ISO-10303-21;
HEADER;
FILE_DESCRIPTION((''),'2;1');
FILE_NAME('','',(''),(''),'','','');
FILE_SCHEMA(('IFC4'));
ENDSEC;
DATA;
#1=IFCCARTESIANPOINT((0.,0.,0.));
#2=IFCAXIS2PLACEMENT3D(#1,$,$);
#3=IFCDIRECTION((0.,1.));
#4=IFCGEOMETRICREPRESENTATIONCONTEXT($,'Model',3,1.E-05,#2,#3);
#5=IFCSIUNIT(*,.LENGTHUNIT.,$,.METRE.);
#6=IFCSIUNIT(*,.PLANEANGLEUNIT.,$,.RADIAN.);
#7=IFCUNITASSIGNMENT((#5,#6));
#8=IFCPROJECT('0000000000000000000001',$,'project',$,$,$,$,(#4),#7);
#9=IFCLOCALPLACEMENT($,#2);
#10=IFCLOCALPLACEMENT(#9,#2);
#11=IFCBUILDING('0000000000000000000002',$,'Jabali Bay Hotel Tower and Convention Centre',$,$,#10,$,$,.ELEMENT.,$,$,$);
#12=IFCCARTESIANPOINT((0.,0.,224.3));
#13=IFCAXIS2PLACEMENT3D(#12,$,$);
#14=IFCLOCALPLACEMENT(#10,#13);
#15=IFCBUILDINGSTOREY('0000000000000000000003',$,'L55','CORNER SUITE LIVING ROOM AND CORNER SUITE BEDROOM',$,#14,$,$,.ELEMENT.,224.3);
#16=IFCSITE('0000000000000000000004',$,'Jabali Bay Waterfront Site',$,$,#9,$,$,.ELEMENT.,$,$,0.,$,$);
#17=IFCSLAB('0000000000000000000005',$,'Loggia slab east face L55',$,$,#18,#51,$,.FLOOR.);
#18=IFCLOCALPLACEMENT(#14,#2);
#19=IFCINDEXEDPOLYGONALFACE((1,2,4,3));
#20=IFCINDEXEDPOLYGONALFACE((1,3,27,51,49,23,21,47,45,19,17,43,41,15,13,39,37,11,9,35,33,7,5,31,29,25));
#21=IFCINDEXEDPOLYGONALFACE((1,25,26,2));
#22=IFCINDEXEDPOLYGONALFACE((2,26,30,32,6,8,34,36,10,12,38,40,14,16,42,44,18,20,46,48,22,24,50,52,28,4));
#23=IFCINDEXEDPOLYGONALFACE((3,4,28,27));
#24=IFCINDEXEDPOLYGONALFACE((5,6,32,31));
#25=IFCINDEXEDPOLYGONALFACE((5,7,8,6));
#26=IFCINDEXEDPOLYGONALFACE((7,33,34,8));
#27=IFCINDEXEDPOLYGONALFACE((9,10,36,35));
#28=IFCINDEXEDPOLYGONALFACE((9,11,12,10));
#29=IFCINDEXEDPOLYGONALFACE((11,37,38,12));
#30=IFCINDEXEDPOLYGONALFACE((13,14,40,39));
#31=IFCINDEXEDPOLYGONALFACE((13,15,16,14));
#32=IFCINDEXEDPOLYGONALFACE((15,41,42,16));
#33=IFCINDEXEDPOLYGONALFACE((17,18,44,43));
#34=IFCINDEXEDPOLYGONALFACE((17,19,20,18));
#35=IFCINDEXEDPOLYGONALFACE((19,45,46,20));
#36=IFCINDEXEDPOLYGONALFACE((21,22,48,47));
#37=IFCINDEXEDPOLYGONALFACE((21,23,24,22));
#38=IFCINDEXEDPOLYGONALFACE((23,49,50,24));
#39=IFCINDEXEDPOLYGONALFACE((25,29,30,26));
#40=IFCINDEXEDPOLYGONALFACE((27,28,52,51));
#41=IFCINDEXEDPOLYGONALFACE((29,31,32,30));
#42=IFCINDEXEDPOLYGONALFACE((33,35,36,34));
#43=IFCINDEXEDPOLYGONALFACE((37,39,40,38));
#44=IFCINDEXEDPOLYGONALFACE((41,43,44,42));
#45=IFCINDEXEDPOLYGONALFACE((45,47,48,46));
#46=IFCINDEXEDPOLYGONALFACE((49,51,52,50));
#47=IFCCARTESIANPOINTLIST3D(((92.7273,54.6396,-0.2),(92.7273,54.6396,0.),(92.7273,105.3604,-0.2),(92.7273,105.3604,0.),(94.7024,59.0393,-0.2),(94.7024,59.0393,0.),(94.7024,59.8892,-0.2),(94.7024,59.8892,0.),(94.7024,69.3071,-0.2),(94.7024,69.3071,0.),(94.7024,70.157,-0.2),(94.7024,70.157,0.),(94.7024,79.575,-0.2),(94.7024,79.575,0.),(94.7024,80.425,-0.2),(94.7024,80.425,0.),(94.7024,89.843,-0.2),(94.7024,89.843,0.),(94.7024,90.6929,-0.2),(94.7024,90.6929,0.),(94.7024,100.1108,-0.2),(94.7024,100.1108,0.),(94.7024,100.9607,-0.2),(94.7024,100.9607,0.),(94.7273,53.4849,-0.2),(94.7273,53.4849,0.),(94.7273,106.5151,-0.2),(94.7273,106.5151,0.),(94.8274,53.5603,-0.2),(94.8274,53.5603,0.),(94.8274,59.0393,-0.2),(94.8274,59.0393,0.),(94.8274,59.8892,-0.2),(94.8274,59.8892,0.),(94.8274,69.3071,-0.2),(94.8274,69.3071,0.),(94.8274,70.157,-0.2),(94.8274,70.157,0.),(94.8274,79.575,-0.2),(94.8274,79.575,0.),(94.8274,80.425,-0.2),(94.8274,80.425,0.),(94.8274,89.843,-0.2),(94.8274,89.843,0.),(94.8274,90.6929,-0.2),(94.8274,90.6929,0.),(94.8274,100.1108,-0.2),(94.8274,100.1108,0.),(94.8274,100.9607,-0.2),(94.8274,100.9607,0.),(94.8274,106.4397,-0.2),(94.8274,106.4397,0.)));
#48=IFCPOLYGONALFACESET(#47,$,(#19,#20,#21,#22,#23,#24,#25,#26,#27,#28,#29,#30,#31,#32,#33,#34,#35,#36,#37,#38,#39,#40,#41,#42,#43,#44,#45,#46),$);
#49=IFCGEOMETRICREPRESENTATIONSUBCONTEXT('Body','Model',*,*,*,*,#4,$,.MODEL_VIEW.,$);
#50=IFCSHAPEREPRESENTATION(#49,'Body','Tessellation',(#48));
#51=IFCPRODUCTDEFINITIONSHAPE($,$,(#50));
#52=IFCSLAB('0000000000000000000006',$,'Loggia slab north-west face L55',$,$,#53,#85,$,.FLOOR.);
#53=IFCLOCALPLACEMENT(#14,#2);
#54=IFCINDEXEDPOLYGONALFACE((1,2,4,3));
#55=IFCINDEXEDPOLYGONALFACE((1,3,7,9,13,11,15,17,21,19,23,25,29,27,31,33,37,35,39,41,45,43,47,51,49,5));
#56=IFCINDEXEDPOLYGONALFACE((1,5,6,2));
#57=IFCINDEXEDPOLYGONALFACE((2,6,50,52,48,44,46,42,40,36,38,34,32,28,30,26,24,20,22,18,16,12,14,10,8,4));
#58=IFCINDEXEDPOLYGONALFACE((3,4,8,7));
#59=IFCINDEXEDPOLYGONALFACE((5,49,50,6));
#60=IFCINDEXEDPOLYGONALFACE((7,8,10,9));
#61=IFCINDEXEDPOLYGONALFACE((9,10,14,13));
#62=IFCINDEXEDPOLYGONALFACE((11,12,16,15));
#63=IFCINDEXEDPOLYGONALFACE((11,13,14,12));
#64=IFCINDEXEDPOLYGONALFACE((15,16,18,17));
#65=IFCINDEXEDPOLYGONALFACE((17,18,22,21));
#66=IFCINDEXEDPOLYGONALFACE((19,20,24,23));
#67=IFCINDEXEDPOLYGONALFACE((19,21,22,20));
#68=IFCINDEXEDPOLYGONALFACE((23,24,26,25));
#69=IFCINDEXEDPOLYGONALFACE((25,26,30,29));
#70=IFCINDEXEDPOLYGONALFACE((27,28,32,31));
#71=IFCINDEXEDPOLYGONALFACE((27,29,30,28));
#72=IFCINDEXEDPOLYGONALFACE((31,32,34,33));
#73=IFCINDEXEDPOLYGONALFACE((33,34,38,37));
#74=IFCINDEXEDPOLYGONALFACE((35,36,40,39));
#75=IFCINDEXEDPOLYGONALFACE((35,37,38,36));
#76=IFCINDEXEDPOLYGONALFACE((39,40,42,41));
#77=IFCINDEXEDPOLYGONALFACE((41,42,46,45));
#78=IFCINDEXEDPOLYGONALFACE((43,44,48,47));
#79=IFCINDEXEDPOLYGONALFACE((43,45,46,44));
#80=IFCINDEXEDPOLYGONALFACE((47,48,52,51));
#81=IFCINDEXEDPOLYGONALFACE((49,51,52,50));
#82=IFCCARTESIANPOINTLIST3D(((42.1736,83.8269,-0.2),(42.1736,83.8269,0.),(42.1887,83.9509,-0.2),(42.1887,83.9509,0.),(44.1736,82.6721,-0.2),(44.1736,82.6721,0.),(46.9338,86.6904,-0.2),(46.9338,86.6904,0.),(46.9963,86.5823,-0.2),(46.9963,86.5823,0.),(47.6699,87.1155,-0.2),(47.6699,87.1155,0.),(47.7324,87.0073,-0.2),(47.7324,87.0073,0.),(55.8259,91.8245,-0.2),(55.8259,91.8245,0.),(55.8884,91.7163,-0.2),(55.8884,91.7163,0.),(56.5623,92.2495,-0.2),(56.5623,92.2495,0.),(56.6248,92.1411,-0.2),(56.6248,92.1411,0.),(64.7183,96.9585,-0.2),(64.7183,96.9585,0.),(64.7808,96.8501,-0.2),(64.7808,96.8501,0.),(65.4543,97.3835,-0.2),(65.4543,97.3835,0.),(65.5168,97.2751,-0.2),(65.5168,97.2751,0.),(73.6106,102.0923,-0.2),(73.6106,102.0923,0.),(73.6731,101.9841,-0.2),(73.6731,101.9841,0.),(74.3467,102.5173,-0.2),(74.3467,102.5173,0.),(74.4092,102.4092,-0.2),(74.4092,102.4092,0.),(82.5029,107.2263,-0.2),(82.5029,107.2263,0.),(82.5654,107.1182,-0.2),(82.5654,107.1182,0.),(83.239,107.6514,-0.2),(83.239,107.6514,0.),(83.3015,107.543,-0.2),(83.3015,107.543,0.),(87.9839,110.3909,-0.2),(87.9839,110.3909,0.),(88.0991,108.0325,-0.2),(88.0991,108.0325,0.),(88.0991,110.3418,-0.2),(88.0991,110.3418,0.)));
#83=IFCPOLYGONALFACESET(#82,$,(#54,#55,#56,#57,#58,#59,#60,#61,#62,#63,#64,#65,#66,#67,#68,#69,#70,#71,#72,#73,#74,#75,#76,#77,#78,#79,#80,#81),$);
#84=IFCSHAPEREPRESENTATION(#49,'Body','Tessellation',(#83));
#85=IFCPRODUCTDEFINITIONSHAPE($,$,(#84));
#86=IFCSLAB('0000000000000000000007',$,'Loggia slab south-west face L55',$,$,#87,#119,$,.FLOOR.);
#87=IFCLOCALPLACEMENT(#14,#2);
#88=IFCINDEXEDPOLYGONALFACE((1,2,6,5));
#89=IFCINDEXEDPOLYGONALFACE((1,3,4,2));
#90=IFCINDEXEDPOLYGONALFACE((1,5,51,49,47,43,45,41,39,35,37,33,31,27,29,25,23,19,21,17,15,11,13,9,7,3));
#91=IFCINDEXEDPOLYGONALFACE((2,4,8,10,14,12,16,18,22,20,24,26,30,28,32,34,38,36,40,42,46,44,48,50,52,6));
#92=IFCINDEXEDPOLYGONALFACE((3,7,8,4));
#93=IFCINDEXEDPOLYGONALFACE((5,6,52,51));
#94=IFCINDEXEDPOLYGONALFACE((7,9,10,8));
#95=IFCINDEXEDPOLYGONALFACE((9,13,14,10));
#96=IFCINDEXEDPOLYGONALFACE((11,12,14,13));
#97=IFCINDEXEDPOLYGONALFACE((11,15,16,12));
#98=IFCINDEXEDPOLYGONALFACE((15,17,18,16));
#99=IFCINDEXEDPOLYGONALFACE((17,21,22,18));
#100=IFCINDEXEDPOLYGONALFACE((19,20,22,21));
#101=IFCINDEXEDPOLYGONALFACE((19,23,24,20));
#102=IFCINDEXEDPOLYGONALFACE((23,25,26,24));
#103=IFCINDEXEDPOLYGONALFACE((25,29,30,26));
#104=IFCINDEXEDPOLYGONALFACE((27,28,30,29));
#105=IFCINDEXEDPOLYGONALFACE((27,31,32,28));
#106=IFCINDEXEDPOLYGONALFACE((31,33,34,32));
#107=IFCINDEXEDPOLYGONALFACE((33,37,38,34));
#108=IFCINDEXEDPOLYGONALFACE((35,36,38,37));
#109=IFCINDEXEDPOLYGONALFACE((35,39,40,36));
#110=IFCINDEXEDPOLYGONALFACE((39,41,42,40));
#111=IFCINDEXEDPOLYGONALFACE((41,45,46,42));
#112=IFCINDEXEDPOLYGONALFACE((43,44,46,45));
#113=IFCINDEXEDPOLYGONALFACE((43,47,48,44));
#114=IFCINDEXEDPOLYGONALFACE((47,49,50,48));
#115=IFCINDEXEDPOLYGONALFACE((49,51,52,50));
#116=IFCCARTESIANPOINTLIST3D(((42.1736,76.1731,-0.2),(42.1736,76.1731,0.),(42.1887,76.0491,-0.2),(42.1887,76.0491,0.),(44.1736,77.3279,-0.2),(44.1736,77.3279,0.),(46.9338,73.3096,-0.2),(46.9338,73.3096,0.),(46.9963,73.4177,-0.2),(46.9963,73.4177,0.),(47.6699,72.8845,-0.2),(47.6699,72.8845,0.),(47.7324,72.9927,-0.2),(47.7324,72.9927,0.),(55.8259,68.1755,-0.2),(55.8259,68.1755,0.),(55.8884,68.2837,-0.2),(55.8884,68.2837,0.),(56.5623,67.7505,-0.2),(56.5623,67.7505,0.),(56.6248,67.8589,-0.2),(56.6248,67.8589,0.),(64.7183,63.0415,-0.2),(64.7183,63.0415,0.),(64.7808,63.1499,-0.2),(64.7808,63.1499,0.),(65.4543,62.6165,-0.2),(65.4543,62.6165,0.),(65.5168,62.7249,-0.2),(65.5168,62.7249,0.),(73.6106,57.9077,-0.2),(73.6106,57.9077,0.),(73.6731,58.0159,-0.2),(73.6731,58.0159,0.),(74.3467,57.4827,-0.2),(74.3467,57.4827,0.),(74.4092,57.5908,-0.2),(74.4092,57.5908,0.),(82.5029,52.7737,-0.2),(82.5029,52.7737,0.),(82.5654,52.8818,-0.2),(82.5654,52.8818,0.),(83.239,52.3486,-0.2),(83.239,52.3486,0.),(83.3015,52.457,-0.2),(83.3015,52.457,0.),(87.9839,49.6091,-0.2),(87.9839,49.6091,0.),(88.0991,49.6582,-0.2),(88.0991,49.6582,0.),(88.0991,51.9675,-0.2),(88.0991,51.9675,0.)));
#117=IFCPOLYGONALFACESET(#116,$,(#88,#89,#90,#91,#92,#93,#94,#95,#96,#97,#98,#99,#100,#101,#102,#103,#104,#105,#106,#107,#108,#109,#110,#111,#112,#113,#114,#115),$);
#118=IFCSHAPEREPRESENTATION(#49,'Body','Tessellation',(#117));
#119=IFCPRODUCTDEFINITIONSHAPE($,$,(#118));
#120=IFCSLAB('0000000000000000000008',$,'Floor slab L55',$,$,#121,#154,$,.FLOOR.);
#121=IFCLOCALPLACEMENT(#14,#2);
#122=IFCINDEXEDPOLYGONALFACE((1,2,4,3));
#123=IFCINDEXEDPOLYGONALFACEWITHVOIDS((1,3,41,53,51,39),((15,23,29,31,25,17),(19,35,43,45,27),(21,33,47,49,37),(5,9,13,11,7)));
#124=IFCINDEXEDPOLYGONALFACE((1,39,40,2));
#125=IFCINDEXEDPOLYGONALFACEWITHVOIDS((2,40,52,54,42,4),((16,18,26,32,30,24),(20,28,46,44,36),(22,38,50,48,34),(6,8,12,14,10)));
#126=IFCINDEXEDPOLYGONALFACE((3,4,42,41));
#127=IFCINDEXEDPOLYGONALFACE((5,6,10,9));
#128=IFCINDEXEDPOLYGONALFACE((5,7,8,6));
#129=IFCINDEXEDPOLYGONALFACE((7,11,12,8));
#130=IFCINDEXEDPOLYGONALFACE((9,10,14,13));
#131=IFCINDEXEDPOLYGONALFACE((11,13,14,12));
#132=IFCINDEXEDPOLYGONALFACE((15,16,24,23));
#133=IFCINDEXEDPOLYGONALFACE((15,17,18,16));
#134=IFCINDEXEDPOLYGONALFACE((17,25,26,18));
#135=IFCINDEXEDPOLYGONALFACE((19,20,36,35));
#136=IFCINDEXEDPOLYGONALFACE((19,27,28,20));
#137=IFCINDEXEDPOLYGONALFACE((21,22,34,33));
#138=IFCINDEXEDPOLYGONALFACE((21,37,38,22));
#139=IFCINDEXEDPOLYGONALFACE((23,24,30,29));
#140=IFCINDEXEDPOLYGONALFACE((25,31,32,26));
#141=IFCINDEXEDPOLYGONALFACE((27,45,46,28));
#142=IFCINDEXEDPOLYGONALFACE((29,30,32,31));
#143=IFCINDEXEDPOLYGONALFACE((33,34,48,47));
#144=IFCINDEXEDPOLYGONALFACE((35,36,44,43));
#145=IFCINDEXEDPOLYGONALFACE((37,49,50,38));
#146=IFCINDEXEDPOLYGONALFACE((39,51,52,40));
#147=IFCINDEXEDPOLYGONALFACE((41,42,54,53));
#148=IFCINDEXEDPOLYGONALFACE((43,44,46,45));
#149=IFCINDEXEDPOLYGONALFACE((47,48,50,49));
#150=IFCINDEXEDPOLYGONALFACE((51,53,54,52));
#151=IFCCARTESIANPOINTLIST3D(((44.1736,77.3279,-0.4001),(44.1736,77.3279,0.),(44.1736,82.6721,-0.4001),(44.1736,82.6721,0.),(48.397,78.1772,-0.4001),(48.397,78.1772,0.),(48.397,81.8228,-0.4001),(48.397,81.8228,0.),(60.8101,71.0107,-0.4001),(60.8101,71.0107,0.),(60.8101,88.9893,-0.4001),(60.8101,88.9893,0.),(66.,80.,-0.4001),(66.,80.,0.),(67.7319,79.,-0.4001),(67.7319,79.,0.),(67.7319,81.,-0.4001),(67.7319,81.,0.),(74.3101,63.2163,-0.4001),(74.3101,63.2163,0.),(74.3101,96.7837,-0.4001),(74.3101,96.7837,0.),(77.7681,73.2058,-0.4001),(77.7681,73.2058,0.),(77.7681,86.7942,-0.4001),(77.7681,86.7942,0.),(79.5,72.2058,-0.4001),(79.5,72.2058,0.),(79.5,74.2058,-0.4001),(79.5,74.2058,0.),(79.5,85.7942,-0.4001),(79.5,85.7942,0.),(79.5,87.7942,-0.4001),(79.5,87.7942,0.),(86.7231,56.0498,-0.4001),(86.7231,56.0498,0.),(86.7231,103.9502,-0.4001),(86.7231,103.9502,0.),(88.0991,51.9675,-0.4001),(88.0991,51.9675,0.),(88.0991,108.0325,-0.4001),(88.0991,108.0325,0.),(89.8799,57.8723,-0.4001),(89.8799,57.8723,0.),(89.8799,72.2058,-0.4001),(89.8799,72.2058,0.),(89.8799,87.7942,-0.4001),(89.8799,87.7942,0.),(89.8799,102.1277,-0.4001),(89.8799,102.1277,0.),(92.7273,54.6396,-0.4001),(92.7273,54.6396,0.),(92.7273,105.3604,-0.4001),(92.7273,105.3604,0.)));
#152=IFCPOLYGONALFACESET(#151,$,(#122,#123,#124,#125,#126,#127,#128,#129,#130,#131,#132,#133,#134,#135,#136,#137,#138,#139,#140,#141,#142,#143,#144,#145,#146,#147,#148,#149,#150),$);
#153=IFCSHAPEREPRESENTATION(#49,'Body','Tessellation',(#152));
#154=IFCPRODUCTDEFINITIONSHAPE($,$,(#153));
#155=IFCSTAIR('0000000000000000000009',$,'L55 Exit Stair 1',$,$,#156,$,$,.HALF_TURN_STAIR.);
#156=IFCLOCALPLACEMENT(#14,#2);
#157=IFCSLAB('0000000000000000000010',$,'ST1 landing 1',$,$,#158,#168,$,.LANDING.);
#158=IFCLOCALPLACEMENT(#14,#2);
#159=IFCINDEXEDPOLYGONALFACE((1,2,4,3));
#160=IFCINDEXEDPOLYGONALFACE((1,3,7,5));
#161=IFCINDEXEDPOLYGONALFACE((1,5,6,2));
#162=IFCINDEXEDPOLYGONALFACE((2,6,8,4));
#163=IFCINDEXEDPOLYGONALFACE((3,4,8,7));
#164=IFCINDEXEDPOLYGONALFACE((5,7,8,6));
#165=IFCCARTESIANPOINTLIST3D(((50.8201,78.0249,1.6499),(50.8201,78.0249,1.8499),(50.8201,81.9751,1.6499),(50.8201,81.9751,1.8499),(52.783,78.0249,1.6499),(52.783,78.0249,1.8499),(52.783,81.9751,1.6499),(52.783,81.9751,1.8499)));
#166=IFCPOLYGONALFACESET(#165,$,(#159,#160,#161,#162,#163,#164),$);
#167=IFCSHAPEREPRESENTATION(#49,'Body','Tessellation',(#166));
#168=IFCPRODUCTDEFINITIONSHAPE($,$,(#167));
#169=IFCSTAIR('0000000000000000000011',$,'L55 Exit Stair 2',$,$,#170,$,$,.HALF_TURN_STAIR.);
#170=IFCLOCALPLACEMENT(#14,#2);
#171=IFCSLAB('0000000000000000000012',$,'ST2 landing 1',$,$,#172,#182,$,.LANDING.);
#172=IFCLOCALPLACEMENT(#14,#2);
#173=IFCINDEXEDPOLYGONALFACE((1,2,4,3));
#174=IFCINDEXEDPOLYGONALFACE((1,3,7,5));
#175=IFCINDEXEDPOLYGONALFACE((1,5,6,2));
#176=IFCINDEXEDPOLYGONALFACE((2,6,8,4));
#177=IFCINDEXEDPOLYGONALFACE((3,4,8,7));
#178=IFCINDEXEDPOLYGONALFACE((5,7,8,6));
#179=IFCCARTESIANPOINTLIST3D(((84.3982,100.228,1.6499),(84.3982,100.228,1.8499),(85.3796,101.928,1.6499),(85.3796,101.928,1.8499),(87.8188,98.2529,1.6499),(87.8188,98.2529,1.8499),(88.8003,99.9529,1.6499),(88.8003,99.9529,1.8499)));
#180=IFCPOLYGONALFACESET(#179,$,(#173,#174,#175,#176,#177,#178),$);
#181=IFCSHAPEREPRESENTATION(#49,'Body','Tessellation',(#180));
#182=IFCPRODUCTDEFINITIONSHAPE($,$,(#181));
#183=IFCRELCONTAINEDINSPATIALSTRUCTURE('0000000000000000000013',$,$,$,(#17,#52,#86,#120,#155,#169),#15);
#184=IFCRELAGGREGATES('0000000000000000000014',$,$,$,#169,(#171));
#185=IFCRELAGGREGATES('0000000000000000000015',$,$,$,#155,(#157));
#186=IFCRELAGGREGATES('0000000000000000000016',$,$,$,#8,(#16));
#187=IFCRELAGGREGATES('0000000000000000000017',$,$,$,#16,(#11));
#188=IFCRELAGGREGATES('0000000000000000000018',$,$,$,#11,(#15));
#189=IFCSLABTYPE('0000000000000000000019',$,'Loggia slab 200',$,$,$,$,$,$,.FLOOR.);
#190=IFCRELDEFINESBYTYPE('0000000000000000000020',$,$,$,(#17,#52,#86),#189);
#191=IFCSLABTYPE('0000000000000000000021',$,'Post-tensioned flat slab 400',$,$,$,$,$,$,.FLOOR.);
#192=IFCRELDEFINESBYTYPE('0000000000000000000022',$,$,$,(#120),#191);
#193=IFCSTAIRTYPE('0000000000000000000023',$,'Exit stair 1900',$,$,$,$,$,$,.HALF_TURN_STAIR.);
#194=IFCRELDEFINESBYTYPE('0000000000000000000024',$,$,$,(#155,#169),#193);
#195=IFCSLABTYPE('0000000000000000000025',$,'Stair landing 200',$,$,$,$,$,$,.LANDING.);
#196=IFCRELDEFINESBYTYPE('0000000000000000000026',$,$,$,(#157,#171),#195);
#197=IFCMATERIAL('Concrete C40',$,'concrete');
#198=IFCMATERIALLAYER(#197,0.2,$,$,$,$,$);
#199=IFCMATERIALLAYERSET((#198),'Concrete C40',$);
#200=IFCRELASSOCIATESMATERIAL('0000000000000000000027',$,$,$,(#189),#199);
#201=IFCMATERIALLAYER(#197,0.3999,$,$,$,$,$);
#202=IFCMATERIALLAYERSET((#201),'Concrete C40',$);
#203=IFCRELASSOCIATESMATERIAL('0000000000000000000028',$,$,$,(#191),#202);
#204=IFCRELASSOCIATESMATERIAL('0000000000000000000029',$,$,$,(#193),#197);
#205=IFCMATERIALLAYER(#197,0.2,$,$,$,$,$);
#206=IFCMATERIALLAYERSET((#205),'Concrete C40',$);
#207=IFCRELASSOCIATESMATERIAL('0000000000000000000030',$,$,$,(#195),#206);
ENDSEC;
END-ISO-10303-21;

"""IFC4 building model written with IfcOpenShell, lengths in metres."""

from ifc_helpers import new_model, si_unit, direction, frame, origin, place, context, subcontext, project, spatial, polyline, outline, extrude, material, layer, layer_set, type_object, element, aggregate, save


model = new_model("IFC4")

# Units and contexts
model_context = context("Model", 3, precision=1e-05, world=origin(), true_north=direction((0.0, 1.0)))
body_context = subcontext(model_context, "Body", "Model", "MODEL_VIEW")
ifc_project = project(units=[si_unit("LENGTHUNIT", "METRE"), si_unit("PLANEANGLEUNIT", "RADIAN")], contexts=[model_context])

# Site, building, storey
site_placement = place(None, origin())
site = spatial("IfcSite", under=ifc_project, at=site_placement, Name="Jabali Bay Waterfront Site", CompositionType="ELEMENT", RefElevation=0.0)
building_placement = place(site_placement, origin())
building = spatial("IfcBuilding", under=site, at=building_placement, Name="Jabali Bay Hotel Tower and Convention Centre", CompositionType="ELEMENT")
storey_placement = place(building_placement, frame((0.0, 0.0, 224.3)))
storey = spatial("IfcBuildingStorey", under=building, at=storey_placement, Name="L55", Description="CORNER SUITE LIVING ROOM AND CORNER SUITE BEDROOM", CompositionType="ELEMENT", Elevation=224.3)

# Slabs
ifc_material_1 = material(Name="Concrete C40", Category="concrete")
ifc_layer_1 = layer(ifc_material_1, 0.2)
ifc_layer_set_1 = layer_set([ifc_layer_1], Name="Concrete C40")
slab_type_1 = type_object("IfcSlabType", Name="Loggia slab 200", PredefinedType="FLOOR", material=ifc_layer_set_1)
slab_1_placement = place(storey_placement, frame((0.0, 0.0, -0.2)))
element("IfcSlab", 1, at=slab_1_placement, inside=storey, type_object=slab_type_1, Name="Loggia slab east face L55", PredefinedType="FLOOR", context=body_context, shape_type="SweptSolid", body=[
    extrude(outline(polyline([(92.7273, 105.3604), (94.7273, 106.5151), (94.8274, 106.4397), (94.8274, 100.9607), (94.7024, 100.9607), (94.7024, 100.1108), (94.8274, 100.1108), (94.8274, 90.6929), (94.7024, 90.6929), (94.7024, 89.843), (94.8274, 89.843), (94.8274, 80.425), (94.7024, 80.425), (94.7024, 79.575), (94.8274, 79.575), (94.8274, 70.157), (94.7024, 70.157), (94.7024, 69.3071), (94.8274, 69.3071), (94.8274, 59.8892), (94.7024, 59.8892), (94.7024, 59.0393), (94.8274, 59.0393), (94.8274, 53.5603), (94.7273, 53.4849), (92.7273, 54.6396), (92.7273, 105.3604)])), origin(), (0.0, 0.0, 1.0), 0.2),
])
slab_2_placement = place(storey_placement, frame((0.0, 0.0, -0.2)))
element("IfcSlab", 2, at=slab_2_placement, inside=storey, type_object=slab_type_1, Name="Loggia slab north-west face L55", PredefinedType="FLOOR", context=body_context, shape_type="SweptSolid", body=[
    extrude(outline(polyline([(44.1736, 82.6721), (42.1736, 83.8269), (42.1887, 83.9509), (46.9338, 86.6904), (46.9963, 86.5823), (47.7324, 87.0073), (47.6699, 87.1155), (55.8259, 91.8245), (55.8884, 91.7163), (56.6248, 92.1411), (56.5623, 92.2495), (64.7183, 96.9585), (64.7808, 96.8501), (65.5168, 97.2751), (65.4543, 97.3835), (73.6106, 102.0923), (73.6731, 101.9841), (74.4092, 102.4092), (74.3467, 102.5173), (82.5029, 107.2263), (82.5654, 107.1182), (83.3015, 107.543), (83.239, 107.6514), (87.9839, 110.3909), (88.0991, 110.3418), (88.0991, 108.0325), (44.1736, 82.6721)])), origin(), (0.0, 0.0, 1.0), 0.2),
])
slab_3_placement = place(storey_placement, frame((0.0, 0.0, -0.2)))
element("IfcSlab", 3, at=slab_3_placement, inside=storey, type_object=slab_type_1, Name="Loggia slab south-west face L55", PredefinedType="FLOOR", context=body_context, shape_type="SweptSolid", body=[
    extrude(outline(polyline([(88.0991, 51.9675), (88.0991, 49.6582), (87.9839, 49.6091), (83.239, 52.3486), (83.3015, 52.457), (82.5654, 52.8818), (82.5029, 52.7737), (74.3467, 57.4827), (74.4092, 57.5908), (73.6731, 58.0159), (73.6106, 57.9077), (65.4543, 62.6165), (65.5168, 62.7249), (64.7808, 63.1499), (64.7183, 63.0415), (56.5623, 67.7505), (56.6248, 67.8589), (55.8884, 68.2837), (55.8259, 68.1755), (47.6699, 72.8845), (47.7324, 72.9927), (46.9963, 73.4177), (46.9338, 73.3096), (42.1887, 76.0491), (42.1736, 76.1731), (44.1736, 77.3279), (88.0991, 51.9675)])), origin(), (0.0, 0.0, 1.0), 0.2),
])
ifc_layer_2 = layer(ifc_material_1, 0.3999)
ifc_layer_set_2 = layer_set([ifc_layer_2], Name="Concrete C40")
slab_type_2 = type_object("IfcSlabType", Name="Post-tensioned flat slab 400", PredefinedType="FLOOR", material=ifc_layer_set_2)
slab_4_placement = place(storey_placement, frame((0.0, 0.0, -0.4001)))
element("IfcSlab", 4, at=slab_4_placement, inside=storey, type_object=slab_type_2, Name="Floor slab L55", PredefinedType="FLOOR", context=body_context, shape_type="SweptSolid", body=[
    extrude(outline(polyline([(88.0991, 108.0325), (92.7273, 105.3604), (92.7273, 54.6396), (88.0991, 51.9675), (44.1736, 77.3279), (44.1736, 82.6721), (88.0991, 108.0325)]), holes=[polyline([(67.7319, 79.0), (77.7681, 73.2058), (79.5, 74.2058), (79.5, 85.7942), (77.7681, 86.7942), (67.7319, 81.0), (67.7319, 79.0)]), polyline([(48.397, 78.1772), (60.8101, 71.0107), (66.0, 80.0), (60.8101, 88.9893), (48.397, 81.8228), (48.397, 78.1772)]), polyline([(89.8799, 102.1277), (86.7231, 103.9502), (74.3101, 96.7837), (79.5, 87.7942), (89.8799, 87.7942), (89.8799, 102.1277)]), polyline([(74.3101, 63.2163), (86.7231, 56.0498), (89.8799, 57.8723), (89.8799, 72.2058), (79.5, 72.2058), (74.3101, 63.2163)])]), origin(), (0.0, 0.0, 1.0), 0.4001),
])

# Stairs, slabs
stair_type = type_object("IfcStairType", Name="Exit stair 1900", PredefinedType="HALF_TURN_STAIR", material=ifc_material_1)
stair_1_placement = place(storey_placement, origin())
stair_1 = element("IfcStair", 5, at=stair_1_placement, inside=storey, type_object=stair_type, Name="L55 Exit Stair 1", PredefinedType="HALF_TURN_STAIR")
ifc_layer_3 = layer(ifc_material_1, 0.2)
ifc_layer_set_3 = layer_set([ifc_layer_3], Name="Concrete C40")
slab_type_3 = type_object("IfcSlabType", Name="Stair landing 200", PredefinedType="LANDING", material=ifc_layer_set_3)
slab_5_placement = place(storey_placement, frame((0.0, 0.0, 1.6499)))
slab_5 = element("IfcSlab", 6, at=slab_5_placement, type_object=slab_type_3, Name="ST1 landing 1", PredefinedType="LANDING", context=body_context, shape_type="SweptSolid", body=[
    extrude(outline(polyline([(52.783, 81.9751), (50.8201, 81.9751), (50.8201, 78.0249), (52.783, 78.0249), (52.783, 81.9751)])), origin(), (0.0, 0.0, 1.0), 0.2),
])
stair_2_placement = place(storey_placement, origin())
stair_2 = element("IfcStair", 7, at=stair_2_placement, inside=storey, type_object=stair_type, Name="L55 Exit Stair 2", PredefinedType="HALF_TURN_STAIR")
slab_6_placement = place(storey_placement, frame((0.0, 0.0, 1.6499)))
slab_6 = element("IfcSlab", 8, at=slab_6_placement, type_object=slab_type_3, Name="ST2 landing 1", PredefinedType="LANDING", context=body_context, shape_type="SweptSolid", body=[
    extrude(outline(polyline([(87.8188, 98.2529), (88.8003, 99.9529), (85.3796, 101.928), (84.3982, 100.228), (87.8188, 98.2529)])), origin(), (0.0, 0.0, 1.0), 0.2),
])
aggregate(stair_2, [slab_6])

aggregate(stair_1, [slab_5])

save(model, "model.ifc")
